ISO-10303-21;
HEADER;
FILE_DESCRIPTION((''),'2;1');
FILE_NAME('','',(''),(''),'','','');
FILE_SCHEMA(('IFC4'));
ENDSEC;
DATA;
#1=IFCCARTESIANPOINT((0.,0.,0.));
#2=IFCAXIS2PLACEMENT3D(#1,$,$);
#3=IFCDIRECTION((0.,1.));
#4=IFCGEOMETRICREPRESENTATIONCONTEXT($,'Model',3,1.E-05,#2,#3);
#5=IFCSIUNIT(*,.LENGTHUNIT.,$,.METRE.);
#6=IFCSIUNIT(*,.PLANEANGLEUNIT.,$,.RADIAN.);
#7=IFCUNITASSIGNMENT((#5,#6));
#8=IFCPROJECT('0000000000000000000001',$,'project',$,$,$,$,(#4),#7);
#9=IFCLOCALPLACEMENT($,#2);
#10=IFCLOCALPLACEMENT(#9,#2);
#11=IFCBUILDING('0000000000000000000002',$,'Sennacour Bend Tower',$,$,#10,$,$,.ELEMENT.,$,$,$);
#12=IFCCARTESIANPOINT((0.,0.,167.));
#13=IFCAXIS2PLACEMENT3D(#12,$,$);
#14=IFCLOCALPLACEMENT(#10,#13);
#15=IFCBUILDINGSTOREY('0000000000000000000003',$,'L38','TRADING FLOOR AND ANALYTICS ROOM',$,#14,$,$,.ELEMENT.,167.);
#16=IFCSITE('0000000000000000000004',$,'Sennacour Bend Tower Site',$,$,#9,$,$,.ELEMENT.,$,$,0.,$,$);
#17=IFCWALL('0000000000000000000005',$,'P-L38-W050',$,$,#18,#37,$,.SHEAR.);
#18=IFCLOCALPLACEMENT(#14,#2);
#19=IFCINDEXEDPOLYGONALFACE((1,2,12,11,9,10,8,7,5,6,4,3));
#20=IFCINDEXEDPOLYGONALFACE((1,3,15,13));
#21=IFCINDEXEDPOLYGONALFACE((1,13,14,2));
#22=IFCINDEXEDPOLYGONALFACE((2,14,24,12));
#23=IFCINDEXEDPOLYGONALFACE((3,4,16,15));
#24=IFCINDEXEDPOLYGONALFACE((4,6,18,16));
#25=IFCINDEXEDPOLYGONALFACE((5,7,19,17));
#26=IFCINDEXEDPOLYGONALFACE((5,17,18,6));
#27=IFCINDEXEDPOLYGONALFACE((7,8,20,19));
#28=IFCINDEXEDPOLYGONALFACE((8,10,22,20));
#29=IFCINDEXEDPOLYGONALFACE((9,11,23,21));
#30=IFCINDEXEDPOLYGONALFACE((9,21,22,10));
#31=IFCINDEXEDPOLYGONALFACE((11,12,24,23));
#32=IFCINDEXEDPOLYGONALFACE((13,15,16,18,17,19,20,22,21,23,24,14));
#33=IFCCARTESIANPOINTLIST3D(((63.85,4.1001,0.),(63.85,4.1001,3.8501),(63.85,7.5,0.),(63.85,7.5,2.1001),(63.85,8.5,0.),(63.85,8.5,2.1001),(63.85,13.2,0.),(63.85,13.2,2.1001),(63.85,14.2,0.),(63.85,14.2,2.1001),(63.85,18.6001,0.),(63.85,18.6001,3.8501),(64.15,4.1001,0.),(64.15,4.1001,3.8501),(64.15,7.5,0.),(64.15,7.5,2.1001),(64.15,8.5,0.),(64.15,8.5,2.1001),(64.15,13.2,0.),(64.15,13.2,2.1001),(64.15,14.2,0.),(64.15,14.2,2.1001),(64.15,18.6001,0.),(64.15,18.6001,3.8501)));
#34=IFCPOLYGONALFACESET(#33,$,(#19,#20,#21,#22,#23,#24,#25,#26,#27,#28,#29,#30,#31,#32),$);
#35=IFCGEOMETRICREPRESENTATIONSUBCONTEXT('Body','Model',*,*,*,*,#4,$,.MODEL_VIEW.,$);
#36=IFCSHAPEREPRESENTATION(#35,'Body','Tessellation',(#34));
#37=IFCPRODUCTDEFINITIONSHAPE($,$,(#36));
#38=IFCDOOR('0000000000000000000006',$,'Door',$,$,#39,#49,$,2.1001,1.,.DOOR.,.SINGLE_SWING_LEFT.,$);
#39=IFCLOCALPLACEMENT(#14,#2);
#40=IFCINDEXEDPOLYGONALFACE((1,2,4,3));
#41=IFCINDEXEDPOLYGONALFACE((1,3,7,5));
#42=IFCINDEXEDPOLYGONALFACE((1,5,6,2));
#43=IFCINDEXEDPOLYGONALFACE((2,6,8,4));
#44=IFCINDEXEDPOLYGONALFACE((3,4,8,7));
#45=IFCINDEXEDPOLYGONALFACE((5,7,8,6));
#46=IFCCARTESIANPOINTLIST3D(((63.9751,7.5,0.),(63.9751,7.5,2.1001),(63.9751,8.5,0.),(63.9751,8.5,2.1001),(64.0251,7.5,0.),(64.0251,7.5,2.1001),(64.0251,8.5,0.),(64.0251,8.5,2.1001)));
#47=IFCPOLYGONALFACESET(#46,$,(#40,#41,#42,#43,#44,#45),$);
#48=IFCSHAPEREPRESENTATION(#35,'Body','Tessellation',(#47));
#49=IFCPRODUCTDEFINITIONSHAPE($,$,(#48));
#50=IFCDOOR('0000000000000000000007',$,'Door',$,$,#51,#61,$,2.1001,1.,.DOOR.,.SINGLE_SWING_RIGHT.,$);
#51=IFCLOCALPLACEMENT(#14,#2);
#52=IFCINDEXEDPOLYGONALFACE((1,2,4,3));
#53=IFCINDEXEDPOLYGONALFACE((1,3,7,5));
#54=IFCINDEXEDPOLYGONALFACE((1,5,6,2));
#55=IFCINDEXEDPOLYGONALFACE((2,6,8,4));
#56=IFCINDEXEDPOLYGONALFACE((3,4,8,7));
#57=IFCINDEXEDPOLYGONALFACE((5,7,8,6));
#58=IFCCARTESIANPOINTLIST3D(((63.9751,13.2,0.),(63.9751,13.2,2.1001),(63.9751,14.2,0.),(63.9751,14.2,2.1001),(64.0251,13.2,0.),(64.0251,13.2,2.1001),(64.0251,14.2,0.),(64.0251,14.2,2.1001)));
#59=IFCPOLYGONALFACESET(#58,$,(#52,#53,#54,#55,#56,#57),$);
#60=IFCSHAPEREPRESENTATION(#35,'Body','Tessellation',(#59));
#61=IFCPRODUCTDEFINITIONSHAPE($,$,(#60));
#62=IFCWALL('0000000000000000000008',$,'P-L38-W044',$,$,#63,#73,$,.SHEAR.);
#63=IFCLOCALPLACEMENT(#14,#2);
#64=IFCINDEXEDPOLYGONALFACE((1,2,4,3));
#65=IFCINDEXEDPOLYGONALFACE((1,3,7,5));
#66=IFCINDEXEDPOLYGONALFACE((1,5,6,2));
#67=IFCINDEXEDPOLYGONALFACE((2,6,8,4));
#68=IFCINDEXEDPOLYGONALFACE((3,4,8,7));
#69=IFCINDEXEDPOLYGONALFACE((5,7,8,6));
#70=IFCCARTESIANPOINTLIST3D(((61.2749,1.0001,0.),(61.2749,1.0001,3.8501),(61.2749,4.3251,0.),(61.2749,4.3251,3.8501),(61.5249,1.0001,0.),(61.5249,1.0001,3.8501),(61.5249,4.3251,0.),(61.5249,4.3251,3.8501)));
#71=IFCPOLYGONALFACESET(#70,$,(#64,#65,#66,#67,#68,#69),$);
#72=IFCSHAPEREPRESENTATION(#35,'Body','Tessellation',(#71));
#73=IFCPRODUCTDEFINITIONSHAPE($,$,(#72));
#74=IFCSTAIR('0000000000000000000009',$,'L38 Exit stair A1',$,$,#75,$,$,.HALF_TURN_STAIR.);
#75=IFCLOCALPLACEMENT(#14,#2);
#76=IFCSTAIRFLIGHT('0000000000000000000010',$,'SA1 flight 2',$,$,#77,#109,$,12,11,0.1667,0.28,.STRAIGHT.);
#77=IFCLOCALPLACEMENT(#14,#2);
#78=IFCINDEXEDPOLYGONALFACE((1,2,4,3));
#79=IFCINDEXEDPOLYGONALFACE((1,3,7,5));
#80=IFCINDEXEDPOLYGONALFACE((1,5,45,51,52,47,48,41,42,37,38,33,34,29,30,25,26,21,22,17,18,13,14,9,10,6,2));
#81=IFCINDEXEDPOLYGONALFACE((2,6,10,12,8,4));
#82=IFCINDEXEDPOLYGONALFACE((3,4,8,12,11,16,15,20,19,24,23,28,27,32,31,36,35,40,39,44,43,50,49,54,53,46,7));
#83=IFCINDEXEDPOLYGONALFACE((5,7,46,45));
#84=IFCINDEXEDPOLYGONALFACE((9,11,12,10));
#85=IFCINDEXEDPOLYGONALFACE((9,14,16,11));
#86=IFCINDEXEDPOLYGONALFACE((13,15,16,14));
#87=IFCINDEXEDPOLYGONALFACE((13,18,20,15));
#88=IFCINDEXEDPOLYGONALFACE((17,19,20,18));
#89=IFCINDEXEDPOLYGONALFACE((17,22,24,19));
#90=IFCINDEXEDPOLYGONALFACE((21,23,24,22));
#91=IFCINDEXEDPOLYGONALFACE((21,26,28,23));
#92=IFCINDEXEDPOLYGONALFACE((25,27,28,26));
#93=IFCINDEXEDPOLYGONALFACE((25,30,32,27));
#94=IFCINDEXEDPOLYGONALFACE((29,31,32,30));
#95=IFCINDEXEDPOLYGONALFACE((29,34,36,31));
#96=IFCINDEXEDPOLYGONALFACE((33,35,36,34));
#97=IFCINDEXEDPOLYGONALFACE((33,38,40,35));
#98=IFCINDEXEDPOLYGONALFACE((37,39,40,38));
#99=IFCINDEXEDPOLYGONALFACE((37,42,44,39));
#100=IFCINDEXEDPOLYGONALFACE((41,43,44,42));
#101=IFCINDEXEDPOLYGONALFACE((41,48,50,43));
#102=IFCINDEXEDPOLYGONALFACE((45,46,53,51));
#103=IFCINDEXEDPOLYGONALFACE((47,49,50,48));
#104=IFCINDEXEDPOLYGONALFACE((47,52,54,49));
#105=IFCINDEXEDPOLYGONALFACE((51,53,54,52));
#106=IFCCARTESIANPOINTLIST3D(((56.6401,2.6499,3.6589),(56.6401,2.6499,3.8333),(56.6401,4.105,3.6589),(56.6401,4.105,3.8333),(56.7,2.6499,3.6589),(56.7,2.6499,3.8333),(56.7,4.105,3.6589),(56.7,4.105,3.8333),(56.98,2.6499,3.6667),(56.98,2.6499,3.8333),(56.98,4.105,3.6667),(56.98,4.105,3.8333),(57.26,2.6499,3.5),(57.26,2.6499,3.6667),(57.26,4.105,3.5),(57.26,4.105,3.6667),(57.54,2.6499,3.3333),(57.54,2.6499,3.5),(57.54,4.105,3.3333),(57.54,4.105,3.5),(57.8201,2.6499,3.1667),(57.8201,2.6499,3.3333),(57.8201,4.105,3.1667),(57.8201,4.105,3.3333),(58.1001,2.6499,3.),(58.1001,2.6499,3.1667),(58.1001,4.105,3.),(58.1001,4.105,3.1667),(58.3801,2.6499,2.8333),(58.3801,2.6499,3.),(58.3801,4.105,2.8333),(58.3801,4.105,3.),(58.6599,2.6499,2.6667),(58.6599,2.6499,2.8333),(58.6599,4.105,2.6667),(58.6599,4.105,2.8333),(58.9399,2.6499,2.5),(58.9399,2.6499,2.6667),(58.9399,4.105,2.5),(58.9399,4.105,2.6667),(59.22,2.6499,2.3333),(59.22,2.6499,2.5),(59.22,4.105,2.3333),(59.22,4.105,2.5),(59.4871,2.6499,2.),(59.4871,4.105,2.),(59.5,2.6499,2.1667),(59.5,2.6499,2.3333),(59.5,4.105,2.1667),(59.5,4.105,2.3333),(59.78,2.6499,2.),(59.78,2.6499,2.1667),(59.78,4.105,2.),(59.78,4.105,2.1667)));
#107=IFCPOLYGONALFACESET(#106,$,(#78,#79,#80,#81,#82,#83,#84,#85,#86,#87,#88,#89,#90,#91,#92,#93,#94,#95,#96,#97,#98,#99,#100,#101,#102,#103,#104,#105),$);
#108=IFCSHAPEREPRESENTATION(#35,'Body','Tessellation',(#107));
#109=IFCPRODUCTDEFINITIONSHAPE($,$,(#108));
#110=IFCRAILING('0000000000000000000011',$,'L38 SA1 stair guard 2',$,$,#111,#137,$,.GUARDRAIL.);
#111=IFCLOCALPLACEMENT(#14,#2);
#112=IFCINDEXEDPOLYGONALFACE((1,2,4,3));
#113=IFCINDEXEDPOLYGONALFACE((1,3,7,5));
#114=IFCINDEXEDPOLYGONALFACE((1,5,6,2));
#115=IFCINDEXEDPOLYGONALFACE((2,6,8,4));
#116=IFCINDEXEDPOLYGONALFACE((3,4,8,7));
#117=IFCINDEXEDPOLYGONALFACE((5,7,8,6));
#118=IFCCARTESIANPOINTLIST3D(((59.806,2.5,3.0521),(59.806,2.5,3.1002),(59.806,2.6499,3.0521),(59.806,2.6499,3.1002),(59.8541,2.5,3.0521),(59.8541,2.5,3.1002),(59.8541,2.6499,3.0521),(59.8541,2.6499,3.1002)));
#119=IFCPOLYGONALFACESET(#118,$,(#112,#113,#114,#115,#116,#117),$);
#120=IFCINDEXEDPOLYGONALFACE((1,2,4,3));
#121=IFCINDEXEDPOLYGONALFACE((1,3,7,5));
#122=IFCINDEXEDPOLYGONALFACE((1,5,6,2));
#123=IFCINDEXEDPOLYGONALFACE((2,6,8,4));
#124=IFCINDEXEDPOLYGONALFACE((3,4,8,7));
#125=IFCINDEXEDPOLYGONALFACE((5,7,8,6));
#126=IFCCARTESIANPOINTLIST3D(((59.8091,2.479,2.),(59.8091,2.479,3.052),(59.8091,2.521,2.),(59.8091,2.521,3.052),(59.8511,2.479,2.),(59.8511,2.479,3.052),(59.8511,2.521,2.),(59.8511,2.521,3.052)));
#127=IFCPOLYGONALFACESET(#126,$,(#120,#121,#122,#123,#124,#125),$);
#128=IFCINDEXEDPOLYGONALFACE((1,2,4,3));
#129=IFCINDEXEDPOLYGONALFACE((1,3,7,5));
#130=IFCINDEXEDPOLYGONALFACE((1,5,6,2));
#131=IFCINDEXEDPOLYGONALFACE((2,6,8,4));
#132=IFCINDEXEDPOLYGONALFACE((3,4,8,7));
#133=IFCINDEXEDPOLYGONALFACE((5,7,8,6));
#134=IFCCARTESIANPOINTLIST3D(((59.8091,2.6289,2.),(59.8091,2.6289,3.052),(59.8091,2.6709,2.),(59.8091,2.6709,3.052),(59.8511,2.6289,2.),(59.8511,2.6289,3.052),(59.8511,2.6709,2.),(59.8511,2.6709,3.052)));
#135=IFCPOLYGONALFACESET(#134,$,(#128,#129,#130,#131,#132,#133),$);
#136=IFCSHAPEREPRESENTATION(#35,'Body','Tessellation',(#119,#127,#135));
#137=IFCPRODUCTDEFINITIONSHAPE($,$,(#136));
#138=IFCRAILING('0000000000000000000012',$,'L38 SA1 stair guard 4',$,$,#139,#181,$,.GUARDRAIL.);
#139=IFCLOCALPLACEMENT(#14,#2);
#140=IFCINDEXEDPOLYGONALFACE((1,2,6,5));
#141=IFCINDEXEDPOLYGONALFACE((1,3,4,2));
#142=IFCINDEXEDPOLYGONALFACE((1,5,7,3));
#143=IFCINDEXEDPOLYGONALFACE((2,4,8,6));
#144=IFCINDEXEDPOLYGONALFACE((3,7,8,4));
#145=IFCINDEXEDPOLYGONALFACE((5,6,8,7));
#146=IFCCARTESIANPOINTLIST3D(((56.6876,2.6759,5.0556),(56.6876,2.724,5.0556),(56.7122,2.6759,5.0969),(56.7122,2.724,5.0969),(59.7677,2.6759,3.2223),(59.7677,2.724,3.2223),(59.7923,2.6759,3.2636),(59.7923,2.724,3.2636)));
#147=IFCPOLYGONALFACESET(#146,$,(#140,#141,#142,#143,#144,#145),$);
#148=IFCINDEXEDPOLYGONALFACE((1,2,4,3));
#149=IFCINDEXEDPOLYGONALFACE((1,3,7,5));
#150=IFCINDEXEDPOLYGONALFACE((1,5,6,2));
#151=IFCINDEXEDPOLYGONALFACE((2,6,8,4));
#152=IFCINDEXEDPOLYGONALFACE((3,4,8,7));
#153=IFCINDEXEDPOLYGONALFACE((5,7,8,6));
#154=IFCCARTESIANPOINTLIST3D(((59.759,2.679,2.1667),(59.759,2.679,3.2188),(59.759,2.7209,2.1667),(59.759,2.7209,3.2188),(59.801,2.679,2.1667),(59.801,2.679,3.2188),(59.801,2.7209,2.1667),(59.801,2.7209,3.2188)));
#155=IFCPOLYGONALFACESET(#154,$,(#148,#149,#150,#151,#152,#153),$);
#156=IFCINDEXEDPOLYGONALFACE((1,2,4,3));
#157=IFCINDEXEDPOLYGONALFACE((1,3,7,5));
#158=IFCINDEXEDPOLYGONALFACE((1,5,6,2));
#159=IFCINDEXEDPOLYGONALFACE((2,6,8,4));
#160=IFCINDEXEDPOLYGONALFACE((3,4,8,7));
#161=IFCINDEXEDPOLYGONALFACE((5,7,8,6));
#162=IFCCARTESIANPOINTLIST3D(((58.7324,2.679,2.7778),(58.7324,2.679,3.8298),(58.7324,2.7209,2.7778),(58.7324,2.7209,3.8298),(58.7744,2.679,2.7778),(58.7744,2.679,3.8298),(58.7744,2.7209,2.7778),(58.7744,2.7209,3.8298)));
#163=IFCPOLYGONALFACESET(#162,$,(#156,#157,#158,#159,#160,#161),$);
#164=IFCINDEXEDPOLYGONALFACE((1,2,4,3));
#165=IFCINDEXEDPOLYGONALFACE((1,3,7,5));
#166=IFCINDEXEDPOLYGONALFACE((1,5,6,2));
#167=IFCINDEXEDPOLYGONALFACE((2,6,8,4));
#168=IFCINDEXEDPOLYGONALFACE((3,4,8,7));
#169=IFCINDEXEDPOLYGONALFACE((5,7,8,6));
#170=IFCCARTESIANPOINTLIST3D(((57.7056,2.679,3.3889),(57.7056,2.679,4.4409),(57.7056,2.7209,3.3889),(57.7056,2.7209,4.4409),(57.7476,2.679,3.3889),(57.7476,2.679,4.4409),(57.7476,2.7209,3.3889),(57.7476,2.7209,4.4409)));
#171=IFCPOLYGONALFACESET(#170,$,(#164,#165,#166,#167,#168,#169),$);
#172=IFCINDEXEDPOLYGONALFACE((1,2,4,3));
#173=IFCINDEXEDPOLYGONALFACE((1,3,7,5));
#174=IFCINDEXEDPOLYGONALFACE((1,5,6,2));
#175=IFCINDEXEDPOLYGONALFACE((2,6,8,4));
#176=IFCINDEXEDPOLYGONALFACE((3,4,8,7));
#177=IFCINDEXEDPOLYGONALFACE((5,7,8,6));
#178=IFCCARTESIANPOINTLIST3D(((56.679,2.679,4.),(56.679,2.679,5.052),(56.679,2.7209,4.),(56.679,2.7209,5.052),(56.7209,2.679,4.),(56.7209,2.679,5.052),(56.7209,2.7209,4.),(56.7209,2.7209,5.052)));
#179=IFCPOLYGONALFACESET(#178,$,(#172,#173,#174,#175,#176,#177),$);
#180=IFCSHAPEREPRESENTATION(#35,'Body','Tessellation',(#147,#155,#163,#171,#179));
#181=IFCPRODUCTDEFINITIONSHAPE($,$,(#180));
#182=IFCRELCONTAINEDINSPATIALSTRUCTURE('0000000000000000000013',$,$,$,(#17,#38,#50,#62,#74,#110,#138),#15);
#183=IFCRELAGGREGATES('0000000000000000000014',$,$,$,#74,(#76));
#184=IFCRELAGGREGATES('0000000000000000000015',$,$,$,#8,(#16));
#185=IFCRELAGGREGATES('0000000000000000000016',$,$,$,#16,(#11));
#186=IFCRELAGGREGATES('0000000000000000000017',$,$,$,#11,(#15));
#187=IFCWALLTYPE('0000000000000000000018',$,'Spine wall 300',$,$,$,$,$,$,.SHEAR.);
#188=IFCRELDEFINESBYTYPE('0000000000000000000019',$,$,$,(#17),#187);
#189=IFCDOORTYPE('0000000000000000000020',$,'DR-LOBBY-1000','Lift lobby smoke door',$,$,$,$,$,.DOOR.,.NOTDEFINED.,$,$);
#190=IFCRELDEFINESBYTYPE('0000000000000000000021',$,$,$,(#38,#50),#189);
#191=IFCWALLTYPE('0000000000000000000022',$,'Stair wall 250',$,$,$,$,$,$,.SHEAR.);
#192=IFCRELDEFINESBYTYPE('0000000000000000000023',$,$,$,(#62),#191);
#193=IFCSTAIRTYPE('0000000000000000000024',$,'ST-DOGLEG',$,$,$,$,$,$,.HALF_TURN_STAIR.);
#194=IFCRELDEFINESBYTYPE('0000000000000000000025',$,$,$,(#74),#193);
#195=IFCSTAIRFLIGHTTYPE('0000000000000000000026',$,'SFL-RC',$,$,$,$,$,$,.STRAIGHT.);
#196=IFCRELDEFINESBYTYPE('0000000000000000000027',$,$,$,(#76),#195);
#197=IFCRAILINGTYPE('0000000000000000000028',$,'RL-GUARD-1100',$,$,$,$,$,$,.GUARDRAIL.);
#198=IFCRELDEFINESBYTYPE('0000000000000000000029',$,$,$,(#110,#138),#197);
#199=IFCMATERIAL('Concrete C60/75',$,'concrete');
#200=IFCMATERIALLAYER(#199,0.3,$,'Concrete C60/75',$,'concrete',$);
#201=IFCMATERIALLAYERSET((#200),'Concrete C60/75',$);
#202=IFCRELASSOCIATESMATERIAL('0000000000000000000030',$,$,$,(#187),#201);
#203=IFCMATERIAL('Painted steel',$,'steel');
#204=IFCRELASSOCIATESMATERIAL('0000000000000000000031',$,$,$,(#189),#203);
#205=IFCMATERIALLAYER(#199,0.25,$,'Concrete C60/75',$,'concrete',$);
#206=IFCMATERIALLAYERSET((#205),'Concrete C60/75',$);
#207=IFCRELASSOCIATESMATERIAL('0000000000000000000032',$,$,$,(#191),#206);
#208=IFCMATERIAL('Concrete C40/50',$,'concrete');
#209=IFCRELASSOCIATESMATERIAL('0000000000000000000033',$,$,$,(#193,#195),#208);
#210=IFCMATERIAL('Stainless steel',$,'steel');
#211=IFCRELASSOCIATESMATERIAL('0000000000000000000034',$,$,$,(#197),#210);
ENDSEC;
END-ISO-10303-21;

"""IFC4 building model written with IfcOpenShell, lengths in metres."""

from ifc_helpers import new_model, si_unit, direction, frame, frame_2d, origin, origin_2d, place, context, subcontext, project, spatial, polyline, rectangle, outline, extrude, material, layer, layer_set, type_object, element, fill, aggregate, save


model = new_model("IFC4")

# Units and contexts
model_context = context("Model", 3, precision=1e-05, world=origin(), true_north=direction((0.0, 1.0)))
body_context = subcontext(model_context, "Body", "Model", "MODEL_VIEW")
ifc_project = project(units=[si_unit("LENGTHUNIT", "METRE"), si_unit("PLANEANGLEUNIT", "RADIAN")], contexts=[model_context])

# Site, building, storey
site_placement = place(None, origin())
site = spatial("IfcSite", under=ifc_project, at=site_placement, Name="Sennacour Bend Tower Site", CompositionType="ELEMENT", RefElevation=0.0)
building_placement = place(site_placement, origin())
building = spatial("IfcBuilding", under=site, at=building_placement, Name="Sennacour Bend Tower", CompositionType="ELEMENT")
storey_placement = place(building_placement, frame((0.0, 0.0, 167.0)))
storey = spatial("IfcBuildingStorey", under=building, at=storey_placement, Name="L38", Description="TRADING FLOOR AND ANALYTICS ROOM", CompositionType="ELEMENT", Elevation=167.0)

# Shared definitions
ifc_material_1 = material(Name="Concrete C60/75", Category="concrete")

# Shared definitions
ifc_material_2 = material(Name="Painted steel", Category="steel")

# Shared definitions
ifc_material_3 = material(Name="Stainless steel", Category="steel")

# Wall, openings, doors
ifc_layer_1 = layer(ifc_material_1, 0.3, Name="Concrete C60/75", Category="concrete")
ifc_layer_set_1 = layer_set([ifc_layer_1], Name="Concrete C60/75")
wall_type_1 = type_object("IfcWallType", Name="Spine wall 300", PredefinedType="SHEAR", material=ifc_layer_set_1)
wall_1_placement = place(storey_placement, frame((64.0, 4.1001, 0.0), z_axis=(0.0, 0.0, 1.0), x_axis=(0.0, 1.0, 0.0)))
wall_1 = element("IfcWall", 1, at=wall_1_placement, inside=storey, type_object=wall_type_1, Name="P-L38-W050", PredefinedType="SHEAR", context=body_context, shape_type="SweptSolid", body=[
    extrude(rectangle(XDim=14.5, YDim=0.3, at=frame_2d((7.25, 0.0))), origin(), (0.0, 0.0, 1.0), 3.8501),
])
opening_1_placement = place(wall_1_placement, frame((3.3999, 0.0, 0.0)))
opening_1 = element("IfcOpeningElement", 2, at=opening_1_placement, cuts=wall_1, PredefinedType="OPENING", context=body_context, shape_type="SweptSolid", body=[
    extrude(rectangle(XDim=1.0, YDim=2.1001, at=frame_2d((0.5, 1.05))), frame((0.0, 0.1602, 0.0), z_axis=(0.0, -1.0, 0.0), x_axis=(1.0, 0.0, 0.0)), (0.0, 0.0, 1.0), 0.3201),
])
opening_2_placement = place(wall_1_placement, frame((9.0999, 0.0, 0.0)))
opening_2 = element("IfcOpeningElement", 3, at=opening_2_placement, cuts=wall_1, PredefinedType="OPENING", context=body_context, shape_type="SweptSolid", body=[
    extrude(rectangle(XDim=1.0, YDim=2.1001, at=frame_2d((0.5, 1.05))), frame((0.0, 0.1602, 0.0), z_axis=(0.0, -1.0, 0.0), x_axis=(1.0, 0.0, 0.0)), (0.0, 0.0, 1.0), 0.3201),
])
door_type_1 = type_object("IfcDoorType", Name="DR-LOBBY-1000", Description="Lift lobby smoke door", OperationType="NOTDEFINED", PredefinedType="DOOR", material=ifc_material_2)
door_1_placement = place(opening_1_placement, origin())
door_1 = element("IfcDoor", 4, at=door_1_placement, inside=storey, type_object=door_type_1, Name="Door", OperationType="SINGLE_SWING_LEFT", OverallHeight=2.1001, OverallWidth=1.0, PredefinedType="DOOR", context=body_context, shape_type="SweptSolid", body=[
    extrude(rectangle(XDim=1.0, YDim=2.1001, at=frame_2d((0.5, 1.05))), frame((0.0, 0.0249, 0.0), z_axis=(0.0, -1.0, 0.0), x_axis=(1.0, 0.0, 0.0)), (0.0, 0.0, 1.0), 0.05),
])
fill(opening_1, door_1)
door_2_placement = place(opening_2_placement, origin())
door_2 = element("IfcDoor", 5, at=door_2_placement, inside=storey, type_object=door_type_1, Name="Door", OperationType="SINGLE_SWING_RIGHT", OverallHeight=2.1001, OverallWidth=1.0, PredefinedType="DOOR", context=body_context, shape_type="SweptSolid", body=[
    extrude(rectangle(XDim=1.0, YDim=2.1001, at=frame_2d((0.5, 1.05))), frame((0.0, 0.0249, 0.0), z_axis=(0.0, -1.0, 0.0), x_axis=(1.0, 0.0, 0.0)), (0.0, 0.0, 1.0), 0.05),
])
fill(opening_2, door_2)

# Wall
ifc_layer_2 = layer(ifc_material_1, 0.25, Name="Concrete C60/75", Category="concrete")
ifc_layer_set_2 = layer_set([ifc_layer_2], Name="Concrete C60/75")
wall_type_2 = type_object("IfcWallType", Name="Stair wall 250", PredefinedType="SHEAR", material=ifc_layer_set_2)
wall_2_placement = place(storey_placement, frame((61.3999, 1.0, 0.0), z_axis=(0.0, 0.0, 1.0), x_axis=(0.0, 1.0, 0.0)))
element("IfcWall", 6, at=wall_2_placement, inside=storey, type_object=wall_type_2, Name="P-L38-W044", PredefinedType="SHEAR", context=body_context, shape_type="SweptSolid", body=[
    extrude(rectangle(XDim=3.325, YDim=0.25, at=frame_2d((1.6626, 0.0))), origin(), (0.0, 0.0, 1.0), 3.8501),
])

# Stair, stair flight
ifc_material_4 = material(Name="Concrete C40/50", Category="concrete")
stair_type = type_object("IfcStairType", Name="ST-DOGLEG", PredefinedType="HALF_TURN_STAIR", material=ifc_material_4)
stair_placement = place(storey_placement, origin())
stair = element("IfcStair", 7, at=stair_placement, inside=storey, type_object=stair_type, Name="L38 Exit stair A1", PredefinedType="HALF_TURN_STAIR")
stair_flight_type = type_object("IfcStairFlightType", Name="SFL-RC", PredefinedType="STRAIGHT", material=ifc_material_4)
stair_flight_placement = place(storey_placement, frame((59.78, 3.3774, 2.0), z_axis=(0.0, 0.0, 1.0), x_axis=(-1.0, 0.0, 0.0)))
stair_flight = element("IfcStairFlight", 8, at=stair_flight_placement, type_object=stair_flight_type, Name="SA1 flight 2", NumberOfRisers=12, NumberOfTreads=11, PredefinedType="STRAIGHT", RiserHeight=0.1667, TreadLength=0.28, context=body_context, shape_type="SweptSolid", body=[
    extrude(outline(polyline([(0.0, 0.0), (0.0, 0.1667), (0.28, 0.1667), (0.28, 0.3333), (0.5601, 0.3333), (0.5601, 0.5), (0.8401, 0.5), (0.8401, 0.6667), (1.1201, 0.6667), (1.1201, 0.8333), (1.3999, 0.8333), (1.3999, 1.0), (1.6799, 1.0), (1.6799, 1.1667), (1.96, 1.1667), (1.96, 1.3333), (2.24, 1.3333), (2.24, 1.5), (2.52, 1.5), (2.52, 1.6667), (2.8, 1.6667), (2.8, 1.8333), (3.0801, 1.8333), (3.1399, 1.8333), (3.1399, 1.6589), (3.0801, 1.6589), (0.293, 0.0), (0.0, 0.0)])), frame((0.0, 0.7275, 0.0), z_axis=(0.0, -1.0, 0.0), x_axis=(1.0, 0.0, 0.0)), (0.0, 0.0, 1.0), 1.4551),
])
aggregate(stair, [stair_flight])

# Railings
railing_type_1 = type_object("IfcRailingType", Name="RL-GUARD-1100", PredefinedType="GUARDRAIL", material=ifc_material_3)
railing_1_placement = place(storey_placement, frame((59.8301, 2.5, 2.0)))
element("IfcRailing", 9, at=railing_1_placement, inside=storey, type_object=railing_type_1, Name="L38 SA1 stair guard 2", PredefinedType="GUARDRAIL", context=body_context, shape_type="SweptSolid", body=[
    extrude(rectangle(XDim=0.0481, YDim=0.0481, at=origin_2d()), frame((0.0, 0.0, 1.0762), z_axis=(0.0, 1.0, 0.0), x_axis=(-1.0, 0.0, 0.0)), (0.0, 0.0, 1.0), 0.1499),
    extrude(rectangle(XDim=0.042, YDim=0.042, at=origin_2d()), origin(), (0.0, 0.0, 1.0), 1.052),
    extrude(rectangle(XDim=0.042, YDim=0.042, at=origin_2d()), frame((0.0, 0.1499, 0.0)), (0.0, 0.0, 1.0), 1.052),
])
railing_2_placement = place(storey_placement, frame((59.78, 2.7, 2.1667)))
element("IfcRailing", 10, at=railing_2_placement, inside=storey, type_object=railing_type_1, Name="L38 SA1 stair guard 4", PredefinedType="GUARDRAIL", context=body_context, shape_type="SweptSolid", body=[
    extrude(rectangle(XDim=0.0481, YDim=0.0481, at=origin_2d()), frame((0.0, 0.0, 1.0762), z_axis=(-0.859309, 0.0, 0.511458), x_axis=(0.0, -1.0, 0.0)), (0.0, 0.0, 1.0), 3.5845),
    extrude(rectangle(XDim=0.042, YDim=0.042, at=origin_2d()), origin(), (0.0, 0.0, 1.0), 1.052),
    extrude(rectangle(XDim=0.042, YDim=0.042, at=origin_2d()), frame((-1.0266, 0.0, 0.6111)), (0.0, 0.0, 1.0), 1.052),
    extrude(rectangle(XDim=0.042, YDim=0.042, at=origin_2d()), frame((-2.0535, 0.0, 1.2222)), (0.0, 0.0, 1.0), 1.052),
    extrude(rectangle(XDim=0.042, YDim=0.042, at=origin_2d()), frame((-3.0801, 0.0, 1.8333)), (0.0, 0.0, 1.0), 1.052),
])

save(model, "model.ifc")
